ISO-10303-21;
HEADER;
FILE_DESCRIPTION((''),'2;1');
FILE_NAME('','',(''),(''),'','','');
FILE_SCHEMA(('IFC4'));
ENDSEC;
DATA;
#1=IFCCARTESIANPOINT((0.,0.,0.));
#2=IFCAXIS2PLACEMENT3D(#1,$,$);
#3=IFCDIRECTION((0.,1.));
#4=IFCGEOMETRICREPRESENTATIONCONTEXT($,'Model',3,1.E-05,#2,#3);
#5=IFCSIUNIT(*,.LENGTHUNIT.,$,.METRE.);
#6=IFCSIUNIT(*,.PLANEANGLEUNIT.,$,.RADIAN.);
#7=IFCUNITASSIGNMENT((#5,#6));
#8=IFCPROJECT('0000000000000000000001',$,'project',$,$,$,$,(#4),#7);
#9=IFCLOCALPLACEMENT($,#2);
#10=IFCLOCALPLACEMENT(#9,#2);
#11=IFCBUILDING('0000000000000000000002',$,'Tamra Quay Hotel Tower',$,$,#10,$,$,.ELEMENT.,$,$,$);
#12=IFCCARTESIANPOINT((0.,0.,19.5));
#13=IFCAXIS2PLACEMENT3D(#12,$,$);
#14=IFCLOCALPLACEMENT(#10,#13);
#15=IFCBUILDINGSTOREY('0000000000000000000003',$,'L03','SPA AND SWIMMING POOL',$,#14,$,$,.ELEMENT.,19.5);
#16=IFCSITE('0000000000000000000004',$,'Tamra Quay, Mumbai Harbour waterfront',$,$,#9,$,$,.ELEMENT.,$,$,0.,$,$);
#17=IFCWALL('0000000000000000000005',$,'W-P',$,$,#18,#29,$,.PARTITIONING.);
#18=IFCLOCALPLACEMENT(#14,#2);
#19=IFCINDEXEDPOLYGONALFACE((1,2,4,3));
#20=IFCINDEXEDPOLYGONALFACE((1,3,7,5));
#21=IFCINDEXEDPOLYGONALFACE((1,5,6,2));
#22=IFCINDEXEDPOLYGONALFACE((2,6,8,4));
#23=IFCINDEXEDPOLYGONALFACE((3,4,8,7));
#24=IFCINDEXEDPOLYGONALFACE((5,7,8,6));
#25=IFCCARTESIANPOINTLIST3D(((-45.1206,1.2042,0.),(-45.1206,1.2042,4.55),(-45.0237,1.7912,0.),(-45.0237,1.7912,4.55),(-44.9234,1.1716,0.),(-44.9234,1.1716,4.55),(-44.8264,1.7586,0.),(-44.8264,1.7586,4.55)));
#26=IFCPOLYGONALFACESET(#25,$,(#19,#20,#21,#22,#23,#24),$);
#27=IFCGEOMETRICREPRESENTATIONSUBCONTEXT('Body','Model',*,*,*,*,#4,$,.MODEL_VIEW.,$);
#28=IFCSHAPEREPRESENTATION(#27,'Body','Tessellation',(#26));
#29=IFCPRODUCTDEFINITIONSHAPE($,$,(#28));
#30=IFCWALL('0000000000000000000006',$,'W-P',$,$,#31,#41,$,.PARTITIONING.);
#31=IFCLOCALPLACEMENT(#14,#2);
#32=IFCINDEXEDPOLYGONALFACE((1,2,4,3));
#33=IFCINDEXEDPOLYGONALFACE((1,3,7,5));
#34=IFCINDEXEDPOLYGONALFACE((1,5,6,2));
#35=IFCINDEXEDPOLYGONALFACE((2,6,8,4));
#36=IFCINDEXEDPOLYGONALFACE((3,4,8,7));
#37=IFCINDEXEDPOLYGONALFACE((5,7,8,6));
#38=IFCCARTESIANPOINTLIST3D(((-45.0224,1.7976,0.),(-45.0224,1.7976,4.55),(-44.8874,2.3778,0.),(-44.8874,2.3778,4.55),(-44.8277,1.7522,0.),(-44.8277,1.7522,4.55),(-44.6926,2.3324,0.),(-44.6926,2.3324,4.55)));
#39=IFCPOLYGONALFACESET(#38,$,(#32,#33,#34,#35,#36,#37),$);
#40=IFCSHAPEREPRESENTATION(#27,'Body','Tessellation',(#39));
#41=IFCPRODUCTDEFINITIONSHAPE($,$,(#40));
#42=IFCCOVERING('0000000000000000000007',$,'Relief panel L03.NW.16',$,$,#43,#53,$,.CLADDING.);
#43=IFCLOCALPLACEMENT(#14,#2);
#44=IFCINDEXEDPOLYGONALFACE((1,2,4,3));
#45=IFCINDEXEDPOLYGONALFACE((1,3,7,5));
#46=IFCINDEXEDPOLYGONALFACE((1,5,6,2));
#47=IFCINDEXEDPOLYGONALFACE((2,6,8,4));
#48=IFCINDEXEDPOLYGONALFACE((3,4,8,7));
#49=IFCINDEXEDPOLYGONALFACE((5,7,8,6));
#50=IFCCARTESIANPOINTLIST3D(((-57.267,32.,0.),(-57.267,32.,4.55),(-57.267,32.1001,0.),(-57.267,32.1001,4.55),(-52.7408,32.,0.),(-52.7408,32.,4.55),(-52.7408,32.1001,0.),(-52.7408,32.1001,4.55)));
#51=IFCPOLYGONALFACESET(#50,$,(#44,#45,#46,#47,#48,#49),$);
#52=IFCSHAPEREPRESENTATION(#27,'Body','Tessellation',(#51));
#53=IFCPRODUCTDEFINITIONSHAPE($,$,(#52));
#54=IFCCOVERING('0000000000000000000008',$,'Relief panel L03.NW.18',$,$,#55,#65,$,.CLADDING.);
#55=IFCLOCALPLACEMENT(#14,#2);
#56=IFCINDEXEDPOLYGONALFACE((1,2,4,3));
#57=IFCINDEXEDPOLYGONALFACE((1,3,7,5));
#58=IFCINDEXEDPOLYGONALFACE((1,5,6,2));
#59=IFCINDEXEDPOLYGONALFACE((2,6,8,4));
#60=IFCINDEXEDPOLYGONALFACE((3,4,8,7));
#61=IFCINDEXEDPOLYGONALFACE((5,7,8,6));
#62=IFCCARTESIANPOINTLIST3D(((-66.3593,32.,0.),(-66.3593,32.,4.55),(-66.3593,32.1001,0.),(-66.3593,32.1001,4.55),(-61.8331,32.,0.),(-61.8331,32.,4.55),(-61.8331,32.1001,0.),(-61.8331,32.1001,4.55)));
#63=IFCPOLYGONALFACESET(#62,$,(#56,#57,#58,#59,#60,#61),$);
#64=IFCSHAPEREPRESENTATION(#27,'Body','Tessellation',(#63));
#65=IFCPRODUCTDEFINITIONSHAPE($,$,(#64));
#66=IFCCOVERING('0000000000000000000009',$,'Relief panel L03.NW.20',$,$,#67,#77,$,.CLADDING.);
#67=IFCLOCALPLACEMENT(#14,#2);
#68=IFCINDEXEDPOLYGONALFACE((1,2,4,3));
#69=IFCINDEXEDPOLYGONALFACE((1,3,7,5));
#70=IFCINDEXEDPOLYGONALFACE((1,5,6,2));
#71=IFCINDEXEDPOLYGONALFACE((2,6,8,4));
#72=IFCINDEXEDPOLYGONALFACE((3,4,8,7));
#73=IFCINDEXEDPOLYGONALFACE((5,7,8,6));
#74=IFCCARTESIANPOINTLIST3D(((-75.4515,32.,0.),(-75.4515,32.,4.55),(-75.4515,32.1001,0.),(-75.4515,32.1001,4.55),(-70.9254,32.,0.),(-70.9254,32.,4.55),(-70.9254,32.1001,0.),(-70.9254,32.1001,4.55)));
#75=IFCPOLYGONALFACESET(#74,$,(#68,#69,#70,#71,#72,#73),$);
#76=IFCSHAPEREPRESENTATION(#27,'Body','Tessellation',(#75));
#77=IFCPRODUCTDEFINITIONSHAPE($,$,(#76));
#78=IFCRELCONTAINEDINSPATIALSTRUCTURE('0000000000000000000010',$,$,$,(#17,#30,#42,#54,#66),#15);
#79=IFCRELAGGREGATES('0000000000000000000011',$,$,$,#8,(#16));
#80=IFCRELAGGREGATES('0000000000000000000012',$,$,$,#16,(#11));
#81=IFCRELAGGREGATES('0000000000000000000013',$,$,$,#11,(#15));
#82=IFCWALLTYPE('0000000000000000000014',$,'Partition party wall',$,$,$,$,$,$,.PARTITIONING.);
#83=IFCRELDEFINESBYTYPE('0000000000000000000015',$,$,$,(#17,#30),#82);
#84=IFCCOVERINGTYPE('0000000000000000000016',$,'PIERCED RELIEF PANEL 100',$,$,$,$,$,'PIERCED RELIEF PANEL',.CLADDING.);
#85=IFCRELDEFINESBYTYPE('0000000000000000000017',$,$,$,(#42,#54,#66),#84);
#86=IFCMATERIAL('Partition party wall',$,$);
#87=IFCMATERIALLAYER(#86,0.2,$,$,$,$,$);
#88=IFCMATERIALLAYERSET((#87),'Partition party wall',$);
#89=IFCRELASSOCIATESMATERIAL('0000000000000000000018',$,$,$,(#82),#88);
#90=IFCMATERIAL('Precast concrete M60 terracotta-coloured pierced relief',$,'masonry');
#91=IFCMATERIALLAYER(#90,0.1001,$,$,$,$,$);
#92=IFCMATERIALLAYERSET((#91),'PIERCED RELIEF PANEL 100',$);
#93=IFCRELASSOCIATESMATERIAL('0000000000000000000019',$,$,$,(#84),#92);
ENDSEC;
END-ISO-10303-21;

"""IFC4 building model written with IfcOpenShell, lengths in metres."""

from ifc_helpers import new_model, si_unit, direction, frame, frame_2d, origin, origin_2d, place, context, subcontext, project, spatial, rectangle, extrude, material, layer, layer_set, type_object, element, save


model = new_model("IFC4")

# Units and contexts
model_context = context("Model", 3, precision=1e-05, world=origin(), true_north=direction((0.0, 1.0)))
body_context = subcontext(model_context, "Body", "Model", "MODEL_VIEW")
ifc_project = project(units=[si_unit("LENGTHUNIT", "METRE"), si_unit("PLANEANGLEUNIT", "RADIAN")], contexts=[model_context])

# Site, building, storey
site_placement = place(None, origin())
site = spatial("IfcSite", under=ifc_project, at=site_placement, Name="Tamra Quay, Mumbai Harbour waterfront", CompositionType="ELEMENT", RefElevation=0.0)
building_placement = place(site_placement, origin())
building = spatial("IfcBuilding", under=site, at=building_placement, Name="Tamra Quay Hotel Tower", CompositionType="ELEMENT")
storey_placement = place(building_placement, frame((0.0, 0.0, 19.5)))
storey = spatial("IfcBuildingStorey", under=building, at=storey_placement, Name="L03", Description="SPA AND SWIMMING POOL", CompositionType="ELEMENT", Elevation=19.5)

# Walls
ifc_material_1 = material(Name="Partition party wall")
ifc_layer_1 = layer(ifc_material_1, 0.2)
ifc_layer_set_1 = layer_set([ifc_layer_1], Name="Partition party wall")
wall_type_1 = type_object("IfcWallType", Name="Partition party wall", PredefinedType="PARTITIONING", material=ifc_layer_set_1)
wall_1_placement = place(storey_placement, frame((-45.022, 1.188, 0.0), z_axis=(0.0, 0.0, 1.0), x_axis=(0.162935, 0.986637, 0.0)))
element("IfcWall", 1, at=wall_1_placement, inside=storey, type_object=wall_type_1, Name="W-P", PredefinedType="PARTITIONING", context=body_context, shape_type="SweptSolid", body=[
    extrude(rectangle(XDim=0.595, YDim=0.2, at=frame_2d((0.2974, 0.0))), origin(), (0.0, 0.0, 1.0), 4.55),
])
wall_2_placement = place(storey_placement, frame((-44.925, 1.7749, 0.0), z_axis=(0.0, 0.0, 1.0), x_axis=(0.226685, 0.973968, 0.0)))
element("IfcWall", 2, at=wall_2_placement, inside=storey, type_object=wall_type_1, Name="W-P", PredefinedType="PARTITIONING", context=body_context, shape_type="SweptSolid", body=[
    extrude(rectangle(XDim=0.5957, YDim=0.2, at=frame_2d((0.2979, 0.0))), origin(), (0.0, 0.0, 1.0), 4.55),
])

# Coverings
ifc_material_2 = material(Name="Precast concrete M60 terracotta-coloured pierced relief", Category="masonry")
ifc_layer_2 = layer(ifc_material_2, 0.1001)
ifc_layer_set_2 = layer_set([ifc_layer_2], Name="PIERCED RELIEF PANEL 100")
covering_type_1 = type_object("IfcCoveringType", Name="PIERCED RELIEF PANEL 100", ElementType="PIERCED RELIEF PANEL", PredefinedType="CLADDING", material=ifc_layer_set_2)
for number, where, z_axis, x_axis, name in (
    (3, (-55.0039, 32.05, 0.0), (0.0, 0.0, 1.0), (-1.0, 0.0, 0.0), "Relief panel L03.NW.16"),
    (4, (-64.0962, 32.05, 0.0), (0.0, 0.0, 1.0), (-1.0, 0.0, 0.0), "Relief panel L03.NW.18"),
    (5, (-73.1885, 32.05, 0.0), (0.0, 0.0, 1.0), (-1.0, 0.0, 0.0), "Relief panel L03.NW.20"),
):
    element("IfcCovering", number, at=place(storey_placement, frame(where, z_axis=z_axis, x_axis=x_axis)), inside=storey, type_object=covering_type_1, Name=name, PredefinedType="CLADDING", context=body_context, shape_type="SweptSolid", body=[
        extrude(rectangle(XDim=4.5261, YDim=0.1001, at=origin_2d()), origin(), (0.0, 0.0, 1.0), 4.55),
    ])

save(model, "model.ifc")
